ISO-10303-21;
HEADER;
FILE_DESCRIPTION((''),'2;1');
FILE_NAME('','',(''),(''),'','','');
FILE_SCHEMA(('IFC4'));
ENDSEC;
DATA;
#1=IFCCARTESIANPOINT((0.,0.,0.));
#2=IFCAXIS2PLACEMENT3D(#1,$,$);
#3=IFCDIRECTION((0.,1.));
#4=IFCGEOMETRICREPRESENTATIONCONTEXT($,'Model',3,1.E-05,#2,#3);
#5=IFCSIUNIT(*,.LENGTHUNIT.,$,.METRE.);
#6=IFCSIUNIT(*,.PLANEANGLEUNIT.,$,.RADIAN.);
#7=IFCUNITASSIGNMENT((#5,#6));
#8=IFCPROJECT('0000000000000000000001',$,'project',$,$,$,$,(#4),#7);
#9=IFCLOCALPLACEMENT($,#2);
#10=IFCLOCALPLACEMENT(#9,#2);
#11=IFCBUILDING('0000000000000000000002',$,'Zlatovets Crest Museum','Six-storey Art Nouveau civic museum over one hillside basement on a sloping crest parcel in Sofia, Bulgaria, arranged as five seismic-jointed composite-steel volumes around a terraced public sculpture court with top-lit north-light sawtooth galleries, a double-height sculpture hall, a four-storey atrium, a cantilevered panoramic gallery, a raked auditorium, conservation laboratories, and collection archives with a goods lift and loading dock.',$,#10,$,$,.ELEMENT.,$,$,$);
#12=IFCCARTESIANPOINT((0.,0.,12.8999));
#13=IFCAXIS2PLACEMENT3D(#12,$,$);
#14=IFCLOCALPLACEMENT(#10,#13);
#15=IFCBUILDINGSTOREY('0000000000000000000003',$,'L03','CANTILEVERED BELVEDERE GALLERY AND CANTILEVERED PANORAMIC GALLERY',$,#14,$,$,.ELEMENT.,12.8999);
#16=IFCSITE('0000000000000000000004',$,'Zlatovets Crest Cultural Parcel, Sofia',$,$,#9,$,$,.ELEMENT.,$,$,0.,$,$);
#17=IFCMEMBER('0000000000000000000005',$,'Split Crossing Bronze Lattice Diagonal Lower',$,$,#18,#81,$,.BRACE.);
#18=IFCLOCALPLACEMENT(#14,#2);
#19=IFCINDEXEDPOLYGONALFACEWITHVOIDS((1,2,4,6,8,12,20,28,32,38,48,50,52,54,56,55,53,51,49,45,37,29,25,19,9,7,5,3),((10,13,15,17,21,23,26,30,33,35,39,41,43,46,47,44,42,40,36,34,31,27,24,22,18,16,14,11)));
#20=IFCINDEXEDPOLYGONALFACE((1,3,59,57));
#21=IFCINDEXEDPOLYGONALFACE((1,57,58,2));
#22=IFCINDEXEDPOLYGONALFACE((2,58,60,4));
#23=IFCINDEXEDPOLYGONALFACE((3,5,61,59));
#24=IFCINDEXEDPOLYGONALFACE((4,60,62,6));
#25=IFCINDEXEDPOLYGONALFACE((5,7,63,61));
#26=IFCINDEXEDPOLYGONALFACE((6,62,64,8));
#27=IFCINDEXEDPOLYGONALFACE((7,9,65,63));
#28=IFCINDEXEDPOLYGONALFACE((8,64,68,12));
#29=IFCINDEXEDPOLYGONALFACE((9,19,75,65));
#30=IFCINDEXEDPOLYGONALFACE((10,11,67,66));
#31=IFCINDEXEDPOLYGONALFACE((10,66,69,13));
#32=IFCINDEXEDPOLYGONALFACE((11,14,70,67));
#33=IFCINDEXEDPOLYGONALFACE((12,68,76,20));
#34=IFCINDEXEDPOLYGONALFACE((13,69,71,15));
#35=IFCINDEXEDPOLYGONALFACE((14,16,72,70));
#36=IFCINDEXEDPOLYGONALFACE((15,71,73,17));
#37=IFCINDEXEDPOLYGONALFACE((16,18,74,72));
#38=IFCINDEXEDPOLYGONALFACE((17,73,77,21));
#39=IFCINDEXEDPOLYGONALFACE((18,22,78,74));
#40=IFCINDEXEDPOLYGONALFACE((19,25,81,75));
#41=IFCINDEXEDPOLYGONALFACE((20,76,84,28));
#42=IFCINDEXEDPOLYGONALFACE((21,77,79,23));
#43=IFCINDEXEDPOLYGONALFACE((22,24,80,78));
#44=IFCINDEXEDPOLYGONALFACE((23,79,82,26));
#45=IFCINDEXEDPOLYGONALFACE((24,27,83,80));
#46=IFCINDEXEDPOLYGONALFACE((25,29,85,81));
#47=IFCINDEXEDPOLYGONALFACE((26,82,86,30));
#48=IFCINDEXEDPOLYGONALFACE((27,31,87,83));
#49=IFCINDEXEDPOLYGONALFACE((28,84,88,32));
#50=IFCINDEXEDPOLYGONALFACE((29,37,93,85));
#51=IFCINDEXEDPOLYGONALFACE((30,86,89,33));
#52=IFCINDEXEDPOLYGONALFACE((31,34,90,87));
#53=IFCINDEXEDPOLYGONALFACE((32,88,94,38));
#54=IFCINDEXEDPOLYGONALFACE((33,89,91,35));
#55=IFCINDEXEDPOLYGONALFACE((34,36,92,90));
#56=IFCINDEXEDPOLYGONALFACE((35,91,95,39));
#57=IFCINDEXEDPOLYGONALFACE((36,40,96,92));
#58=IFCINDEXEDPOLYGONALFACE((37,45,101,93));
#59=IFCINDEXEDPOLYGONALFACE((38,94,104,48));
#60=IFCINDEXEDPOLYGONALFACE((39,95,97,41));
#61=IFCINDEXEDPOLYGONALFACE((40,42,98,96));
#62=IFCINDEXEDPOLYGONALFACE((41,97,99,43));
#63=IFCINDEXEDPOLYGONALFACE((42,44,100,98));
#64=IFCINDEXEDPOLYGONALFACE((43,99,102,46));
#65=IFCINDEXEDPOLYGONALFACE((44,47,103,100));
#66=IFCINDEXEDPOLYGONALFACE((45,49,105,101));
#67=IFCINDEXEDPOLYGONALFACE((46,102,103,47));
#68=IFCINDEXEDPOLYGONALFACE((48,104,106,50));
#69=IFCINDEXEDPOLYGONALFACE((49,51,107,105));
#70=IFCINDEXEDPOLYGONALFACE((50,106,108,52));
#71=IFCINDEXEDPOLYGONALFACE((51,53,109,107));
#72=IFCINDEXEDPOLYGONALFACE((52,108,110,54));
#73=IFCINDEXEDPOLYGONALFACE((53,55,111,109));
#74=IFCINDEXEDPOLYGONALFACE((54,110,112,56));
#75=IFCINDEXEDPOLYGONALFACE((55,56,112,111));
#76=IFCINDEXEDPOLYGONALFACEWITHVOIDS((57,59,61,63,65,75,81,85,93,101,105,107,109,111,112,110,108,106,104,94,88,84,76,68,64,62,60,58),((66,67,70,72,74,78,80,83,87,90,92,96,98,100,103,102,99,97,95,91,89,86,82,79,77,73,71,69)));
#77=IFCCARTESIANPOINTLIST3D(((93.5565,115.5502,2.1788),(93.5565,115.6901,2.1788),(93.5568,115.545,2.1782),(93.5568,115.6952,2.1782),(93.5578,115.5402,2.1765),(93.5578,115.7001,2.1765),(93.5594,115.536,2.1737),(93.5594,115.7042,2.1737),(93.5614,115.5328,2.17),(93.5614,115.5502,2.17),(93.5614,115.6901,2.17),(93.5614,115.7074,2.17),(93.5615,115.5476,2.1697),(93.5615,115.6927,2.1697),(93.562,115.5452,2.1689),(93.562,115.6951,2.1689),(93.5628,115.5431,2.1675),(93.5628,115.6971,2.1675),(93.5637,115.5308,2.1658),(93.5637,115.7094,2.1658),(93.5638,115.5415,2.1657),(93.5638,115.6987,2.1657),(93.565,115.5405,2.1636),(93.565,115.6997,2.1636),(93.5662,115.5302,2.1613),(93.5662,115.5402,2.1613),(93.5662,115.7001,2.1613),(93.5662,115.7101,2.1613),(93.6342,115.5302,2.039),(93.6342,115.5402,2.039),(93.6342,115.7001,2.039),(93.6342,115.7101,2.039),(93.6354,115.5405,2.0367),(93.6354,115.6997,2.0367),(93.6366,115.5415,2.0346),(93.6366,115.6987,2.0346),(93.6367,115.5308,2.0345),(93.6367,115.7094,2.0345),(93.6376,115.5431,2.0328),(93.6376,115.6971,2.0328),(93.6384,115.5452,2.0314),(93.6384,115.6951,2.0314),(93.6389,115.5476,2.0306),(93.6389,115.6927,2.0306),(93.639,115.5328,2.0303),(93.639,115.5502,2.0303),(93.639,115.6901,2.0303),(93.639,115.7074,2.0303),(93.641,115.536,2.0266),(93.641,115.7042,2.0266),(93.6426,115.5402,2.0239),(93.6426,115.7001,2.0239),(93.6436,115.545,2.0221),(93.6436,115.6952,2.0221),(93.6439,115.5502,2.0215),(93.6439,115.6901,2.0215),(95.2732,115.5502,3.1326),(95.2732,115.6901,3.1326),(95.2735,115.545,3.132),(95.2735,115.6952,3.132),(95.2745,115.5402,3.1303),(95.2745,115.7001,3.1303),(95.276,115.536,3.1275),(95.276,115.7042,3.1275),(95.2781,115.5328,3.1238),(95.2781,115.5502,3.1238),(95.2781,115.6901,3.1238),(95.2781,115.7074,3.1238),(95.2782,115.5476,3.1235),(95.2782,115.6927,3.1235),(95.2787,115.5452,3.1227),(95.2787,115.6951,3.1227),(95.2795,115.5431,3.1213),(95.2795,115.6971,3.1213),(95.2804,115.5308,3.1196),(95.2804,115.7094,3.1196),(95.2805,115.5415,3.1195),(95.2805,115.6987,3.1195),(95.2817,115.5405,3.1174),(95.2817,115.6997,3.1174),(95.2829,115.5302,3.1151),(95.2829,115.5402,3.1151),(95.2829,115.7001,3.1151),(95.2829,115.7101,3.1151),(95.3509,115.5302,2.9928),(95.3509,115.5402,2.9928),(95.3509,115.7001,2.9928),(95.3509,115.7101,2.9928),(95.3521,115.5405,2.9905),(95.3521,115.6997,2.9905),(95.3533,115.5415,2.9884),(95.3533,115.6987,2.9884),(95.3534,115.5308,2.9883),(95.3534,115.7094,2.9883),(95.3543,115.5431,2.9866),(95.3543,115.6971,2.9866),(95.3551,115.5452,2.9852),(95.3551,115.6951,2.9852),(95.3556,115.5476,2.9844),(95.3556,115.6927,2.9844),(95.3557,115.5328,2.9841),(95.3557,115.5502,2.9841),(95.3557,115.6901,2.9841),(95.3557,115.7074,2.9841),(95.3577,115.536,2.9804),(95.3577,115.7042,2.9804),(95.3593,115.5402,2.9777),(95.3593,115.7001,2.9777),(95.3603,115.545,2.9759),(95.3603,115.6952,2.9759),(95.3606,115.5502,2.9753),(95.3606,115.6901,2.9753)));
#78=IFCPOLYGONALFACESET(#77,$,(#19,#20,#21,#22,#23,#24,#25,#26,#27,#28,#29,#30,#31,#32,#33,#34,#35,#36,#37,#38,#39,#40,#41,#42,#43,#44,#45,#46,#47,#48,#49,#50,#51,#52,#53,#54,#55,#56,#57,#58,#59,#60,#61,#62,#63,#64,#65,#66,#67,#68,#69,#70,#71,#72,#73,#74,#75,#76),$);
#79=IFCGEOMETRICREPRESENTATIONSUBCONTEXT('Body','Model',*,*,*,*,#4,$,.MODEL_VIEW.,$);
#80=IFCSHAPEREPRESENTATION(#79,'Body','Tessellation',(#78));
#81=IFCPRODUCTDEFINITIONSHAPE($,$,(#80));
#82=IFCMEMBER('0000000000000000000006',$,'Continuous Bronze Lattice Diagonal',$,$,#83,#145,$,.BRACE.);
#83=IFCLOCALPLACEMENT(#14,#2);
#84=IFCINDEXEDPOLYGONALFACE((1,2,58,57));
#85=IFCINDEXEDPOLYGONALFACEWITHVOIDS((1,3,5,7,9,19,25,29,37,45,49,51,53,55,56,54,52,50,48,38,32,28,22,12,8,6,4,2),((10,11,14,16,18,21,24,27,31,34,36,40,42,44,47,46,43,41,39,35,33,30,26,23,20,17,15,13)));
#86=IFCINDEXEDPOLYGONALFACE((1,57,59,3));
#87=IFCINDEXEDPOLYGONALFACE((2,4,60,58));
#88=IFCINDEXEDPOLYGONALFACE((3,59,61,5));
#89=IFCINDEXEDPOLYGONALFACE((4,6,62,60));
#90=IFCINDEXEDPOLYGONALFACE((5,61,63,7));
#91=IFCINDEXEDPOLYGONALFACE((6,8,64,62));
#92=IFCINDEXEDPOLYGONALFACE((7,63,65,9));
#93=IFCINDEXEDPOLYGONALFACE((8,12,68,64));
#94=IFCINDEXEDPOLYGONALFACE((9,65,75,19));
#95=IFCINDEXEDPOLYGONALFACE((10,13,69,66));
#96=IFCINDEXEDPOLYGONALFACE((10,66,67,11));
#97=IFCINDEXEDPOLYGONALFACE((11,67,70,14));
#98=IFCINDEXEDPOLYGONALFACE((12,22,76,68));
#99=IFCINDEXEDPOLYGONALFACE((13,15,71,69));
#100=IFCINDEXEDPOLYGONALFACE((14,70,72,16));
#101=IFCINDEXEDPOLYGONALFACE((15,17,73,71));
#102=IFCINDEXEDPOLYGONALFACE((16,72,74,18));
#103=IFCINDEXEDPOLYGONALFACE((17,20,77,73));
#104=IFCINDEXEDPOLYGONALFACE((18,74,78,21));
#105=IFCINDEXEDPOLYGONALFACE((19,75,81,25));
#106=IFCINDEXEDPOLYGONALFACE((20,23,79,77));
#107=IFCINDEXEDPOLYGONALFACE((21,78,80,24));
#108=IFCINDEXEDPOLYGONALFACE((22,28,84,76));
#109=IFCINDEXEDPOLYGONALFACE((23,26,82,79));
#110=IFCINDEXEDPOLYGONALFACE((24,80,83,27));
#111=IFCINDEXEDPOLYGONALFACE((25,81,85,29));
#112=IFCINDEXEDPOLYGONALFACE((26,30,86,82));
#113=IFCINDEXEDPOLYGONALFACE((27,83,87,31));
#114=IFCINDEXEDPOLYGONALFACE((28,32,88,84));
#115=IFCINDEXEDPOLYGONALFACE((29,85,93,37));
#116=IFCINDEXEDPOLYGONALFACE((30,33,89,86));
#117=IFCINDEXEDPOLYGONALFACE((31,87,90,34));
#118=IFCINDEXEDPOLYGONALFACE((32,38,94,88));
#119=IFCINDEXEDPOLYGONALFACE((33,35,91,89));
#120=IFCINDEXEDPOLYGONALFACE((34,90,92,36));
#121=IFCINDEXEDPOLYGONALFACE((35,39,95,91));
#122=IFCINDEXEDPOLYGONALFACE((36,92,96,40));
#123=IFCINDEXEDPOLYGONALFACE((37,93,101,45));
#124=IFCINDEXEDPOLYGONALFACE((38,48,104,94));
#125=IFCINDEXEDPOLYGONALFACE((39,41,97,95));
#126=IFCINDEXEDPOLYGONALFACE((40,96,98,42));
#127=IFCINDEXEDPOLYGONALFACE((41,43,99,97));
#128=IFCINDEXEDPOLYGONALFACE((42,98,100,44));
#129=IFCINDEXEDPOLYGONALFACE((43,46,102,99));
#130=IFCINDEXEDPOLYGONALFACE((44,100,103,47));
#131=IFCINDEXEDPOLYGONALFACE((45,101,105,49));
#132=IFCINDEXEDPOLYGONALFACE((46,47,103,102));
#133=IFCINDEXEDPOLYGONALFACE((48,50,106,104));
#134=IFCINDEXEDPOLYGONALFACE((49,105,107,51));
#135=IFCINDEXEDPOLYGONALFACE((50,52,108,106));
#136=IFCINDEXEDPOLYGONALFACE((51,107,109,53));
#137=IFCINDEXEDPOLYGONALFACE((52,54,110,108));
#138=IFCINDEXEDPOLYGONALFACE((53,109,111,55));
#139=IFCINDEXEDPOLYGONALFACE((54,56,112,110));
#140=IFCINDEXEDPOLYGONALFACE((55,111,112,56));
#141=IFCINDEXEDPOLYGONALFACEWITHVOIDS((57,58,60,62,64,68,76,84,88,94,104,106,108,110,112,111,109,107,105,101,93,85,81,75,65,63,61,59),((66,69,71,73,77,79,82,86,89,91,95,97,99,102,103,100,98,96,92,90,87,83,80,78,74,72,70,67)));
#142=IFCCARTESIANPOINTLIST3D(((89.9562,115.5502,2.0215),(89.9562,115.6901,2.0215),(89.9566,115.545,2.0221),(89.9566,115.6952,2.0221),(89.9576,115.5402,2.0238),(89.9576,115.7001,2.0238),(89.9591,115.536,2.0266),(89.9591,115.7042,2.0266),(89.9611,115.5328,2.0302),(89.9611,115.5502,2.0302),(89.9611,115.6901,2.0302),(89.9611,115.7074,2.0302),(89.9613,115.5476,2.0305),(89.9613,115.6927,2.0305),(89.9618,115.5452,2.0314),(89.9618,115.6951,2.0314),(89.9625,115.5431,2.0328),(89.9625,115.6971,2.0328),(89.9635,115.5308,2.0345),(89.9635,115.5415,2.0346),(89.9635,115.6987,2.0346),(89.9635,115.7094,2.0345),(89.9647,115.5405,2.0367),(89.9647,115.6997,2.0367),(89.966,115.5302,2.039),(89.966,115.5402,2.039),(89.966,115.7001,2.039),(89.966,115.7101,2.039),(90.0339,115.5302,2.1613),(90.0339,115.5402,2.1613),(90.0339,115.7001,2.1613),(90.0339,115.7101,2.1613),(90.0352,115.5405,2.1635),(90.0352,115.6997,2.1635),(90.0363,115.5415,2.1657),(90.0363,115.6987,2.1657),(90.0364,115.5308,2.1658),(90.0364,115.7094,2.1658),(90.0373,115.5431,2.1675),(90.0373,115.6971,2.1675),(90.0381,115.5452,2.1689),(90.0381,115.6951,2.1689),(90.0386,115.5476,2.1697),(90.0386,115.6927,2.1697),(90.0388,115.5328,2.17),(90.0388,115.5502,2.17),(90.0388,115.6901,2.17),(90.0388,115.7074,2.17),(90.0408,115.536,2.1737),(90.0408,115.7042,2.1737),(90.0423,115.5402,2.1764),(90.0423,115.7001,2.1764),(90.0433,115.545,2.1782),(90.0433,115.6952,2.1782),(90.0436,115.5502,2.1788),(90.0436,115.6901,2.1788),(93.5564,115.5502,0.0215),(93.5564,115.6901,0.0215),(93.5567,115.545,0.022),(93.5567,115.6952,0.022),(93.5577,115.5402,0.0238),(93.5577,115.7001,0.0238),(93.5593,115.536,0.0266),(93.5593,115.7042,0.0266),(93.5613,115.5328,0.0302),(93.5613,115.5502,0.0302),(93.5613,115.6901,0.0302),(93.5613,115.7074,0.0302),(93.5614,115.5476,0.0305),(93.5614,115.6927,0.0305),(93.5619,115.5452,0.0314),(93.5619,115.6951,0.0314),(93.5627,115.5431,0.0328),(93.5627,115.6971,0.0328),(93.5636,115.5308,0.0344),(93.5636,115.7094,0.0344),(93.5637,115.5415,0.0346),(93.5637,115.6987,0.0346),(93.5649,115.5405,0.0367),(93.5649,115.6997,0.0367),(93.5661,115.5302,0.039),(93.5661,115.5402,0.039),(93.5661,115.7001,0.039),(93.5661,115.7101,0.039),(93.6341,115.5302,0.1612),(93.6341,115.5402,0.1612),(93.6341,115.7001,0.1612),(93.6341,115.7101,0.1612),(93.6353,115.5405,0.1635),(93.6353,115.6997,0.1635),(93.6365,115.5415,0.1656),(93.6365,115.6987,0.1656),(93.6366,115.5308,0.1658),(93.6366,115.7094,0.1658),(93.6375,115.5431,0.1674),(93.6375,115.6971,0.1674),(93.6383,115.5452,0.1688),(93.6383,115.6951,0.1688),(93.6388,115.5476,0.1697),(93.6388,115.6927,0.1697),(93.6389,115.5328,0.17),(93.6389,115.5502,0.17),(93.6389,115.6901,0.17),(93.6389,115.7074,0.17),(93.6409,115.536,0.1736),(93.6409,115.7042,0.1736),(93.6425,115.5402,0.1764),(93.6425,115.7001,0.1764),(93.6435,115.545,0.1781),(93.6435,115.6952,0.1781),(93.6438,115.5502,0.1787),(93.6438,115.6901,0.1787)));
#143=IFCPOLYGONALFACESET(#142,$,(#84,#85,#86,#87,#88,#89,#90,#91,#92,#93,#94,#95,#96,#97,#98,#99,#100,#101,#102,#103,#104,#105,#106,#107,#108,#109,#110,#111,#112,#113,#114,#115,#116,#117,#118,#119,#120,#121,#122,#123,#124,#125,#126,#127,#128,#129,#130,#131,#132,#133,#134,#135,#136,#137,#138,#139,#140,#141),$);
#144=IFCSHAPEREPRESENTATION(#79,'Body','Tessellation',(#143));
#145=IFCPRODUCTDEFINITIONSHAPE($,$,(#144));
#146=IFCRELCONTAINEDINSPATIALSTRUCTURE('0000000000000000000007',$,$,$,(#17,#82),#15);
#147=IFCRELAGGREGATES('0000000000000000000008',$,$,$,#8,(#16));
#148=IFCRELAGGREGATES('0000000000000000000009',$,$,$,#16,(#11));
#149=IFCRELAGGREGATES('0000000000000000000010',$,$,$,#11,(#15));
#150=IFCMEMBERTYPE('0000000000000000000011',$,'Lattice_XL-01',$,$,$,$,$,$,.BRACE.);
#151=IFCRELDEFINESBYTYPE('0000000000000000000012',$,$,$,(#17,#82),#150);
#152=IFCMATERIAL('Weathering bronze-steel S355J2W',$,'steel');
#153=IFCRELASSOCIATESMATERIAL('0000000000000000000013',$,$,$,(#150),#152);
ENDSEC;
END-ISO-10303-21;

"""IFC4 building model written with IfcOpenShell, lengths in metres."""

from ifc_helpers import new_model, si_unit, direction, frame, origin, origin_2d, place, context, subcontext, project, spatial, hollow_rectangle, extrude, material, material_profile, profile_set, type_object, element, save


model = new_model("IFC4")

# Units and contexts
model_context = context("Model", 3, precision=1e-05, world=origin(), true_north=direction((0.0, 1.0)))
body_context = subcontext(model_context, "Body", "Model", "MODEL_VIEW")
ifc_project = project(units=[si_unit("LENGTHUNIT", "METRE"), si_unit("PLANEANGLEUNIT", "RADIAN")], contexts=[model_context])

# Site, building, storey
site_placement = place(None, origin())
site = spatial("IfcSite", under=ifc_project, at=site_placement, Name="Zlatovets Crest Cultural Parcel, Sofia", CompositionType="ELEMENT", RefElevation=0.0)
building_placement = place(site_placement, origin())
building = spatial("IfcBuilding", under=site, at=building_placement, Name="Zlatovets Crest Museum", Description="Six-storey Art Nouveau civic museum over one hillside basement on a sloping crest parcel in Sofia, Bulgaria, arranged as five seismic-jointed composite-steel volumes around a terraced public sculpture court with top-lit north-light sawtooth galleries, a double-height sculpture hall, a four-storey atrium, a cantilevered panoramic gallery, a raked auditorium, conservation laboratories, and collection archives with a goods lift and loading dock.", CompositionType="ELEMENT")
storey_placement = place(building_placement, frame((0.0, 0.0, 12.8999)))
storey = spatial("IfcBuildingStorey", under=building, at=storey_placement, Name="L03", Description="CANTILEVERED BELVEDERE GALLERY AND CANTILEVERED PANORAMIC GALLERY", CompositionType="ELEMENT", Elevation=12.8999)

# Members
ifc_material_1 = material(Name="Weathering bronze-steel S355J2W", Category="steel")
ifc_material_profile_1 = material_profile(ifc_material_1, hollow_rectangle(XDim=0.1799, YDim=0.1799, WallThickness=0.01, InnerFilletRadius=0.01, OuterFilletRadius=0.02, at=origin_2d()), Name="SHS 180x180x10.0")
ifc_profile_set_1 = profile_set([ifc_material_profile_1], Name="Weathering bronze-steel S355J2W")
member_type_1 = type_object("IfcMemberType", Name="Lattice_XL-01", PredefinedType="BRACE", material=ifc_profile_set_1)
member_1_placement = place(storey_placement, frame((95.3169, 115.6201, 3.054), z_axis=(-0.87414, 0.0, -0.485675), x_axis=(0.0, -1.0, 0.0)))
element("IfcMember", 1, at=member_1_placement, inside=storey, type_object=member_type_1, Name="Split Crossing Bronze Lattice Diagonal Lower", PredefinedType="BRACE", context=body_context, shape_type="SweptSolid", body=[
    extrude(hollow_rectangle(XDim=0.1799, YDim=0.1799, WallThickness=0.01, InnerFilletRadius=0.01, OuterFilletRadius=0.02, at=origin_2d()), origin(), (0.0, 0.0, 1.0), 1.9639),
])
member_2_placement = place(storey_placement, frame((93.6001, 115.6201, 0.1001), z_axis=(-0.874163, 0.0, 0.485633), x_axis=(0.0, -1.0, 0.0)))
element("IfcMember", 2, at=member_2_placement, inside=storey, type_object=member_type_1, Name="Continuous Bronze Lattice Diagonal", PredefinedType="BRACE", context=body_context, shape_type="SweptSolid", body=[
    extrude(hollow_rectangle(XDim=0.1799, YDim=0.1799, WallThickness=0.01, InnerFilletRadius=0.01, OuterFilletRadius=0.02, at=origin_2d()), origin(), (0.0, 0.0, 1.0), 4.1184),
])

save(model, "model.ifc")
